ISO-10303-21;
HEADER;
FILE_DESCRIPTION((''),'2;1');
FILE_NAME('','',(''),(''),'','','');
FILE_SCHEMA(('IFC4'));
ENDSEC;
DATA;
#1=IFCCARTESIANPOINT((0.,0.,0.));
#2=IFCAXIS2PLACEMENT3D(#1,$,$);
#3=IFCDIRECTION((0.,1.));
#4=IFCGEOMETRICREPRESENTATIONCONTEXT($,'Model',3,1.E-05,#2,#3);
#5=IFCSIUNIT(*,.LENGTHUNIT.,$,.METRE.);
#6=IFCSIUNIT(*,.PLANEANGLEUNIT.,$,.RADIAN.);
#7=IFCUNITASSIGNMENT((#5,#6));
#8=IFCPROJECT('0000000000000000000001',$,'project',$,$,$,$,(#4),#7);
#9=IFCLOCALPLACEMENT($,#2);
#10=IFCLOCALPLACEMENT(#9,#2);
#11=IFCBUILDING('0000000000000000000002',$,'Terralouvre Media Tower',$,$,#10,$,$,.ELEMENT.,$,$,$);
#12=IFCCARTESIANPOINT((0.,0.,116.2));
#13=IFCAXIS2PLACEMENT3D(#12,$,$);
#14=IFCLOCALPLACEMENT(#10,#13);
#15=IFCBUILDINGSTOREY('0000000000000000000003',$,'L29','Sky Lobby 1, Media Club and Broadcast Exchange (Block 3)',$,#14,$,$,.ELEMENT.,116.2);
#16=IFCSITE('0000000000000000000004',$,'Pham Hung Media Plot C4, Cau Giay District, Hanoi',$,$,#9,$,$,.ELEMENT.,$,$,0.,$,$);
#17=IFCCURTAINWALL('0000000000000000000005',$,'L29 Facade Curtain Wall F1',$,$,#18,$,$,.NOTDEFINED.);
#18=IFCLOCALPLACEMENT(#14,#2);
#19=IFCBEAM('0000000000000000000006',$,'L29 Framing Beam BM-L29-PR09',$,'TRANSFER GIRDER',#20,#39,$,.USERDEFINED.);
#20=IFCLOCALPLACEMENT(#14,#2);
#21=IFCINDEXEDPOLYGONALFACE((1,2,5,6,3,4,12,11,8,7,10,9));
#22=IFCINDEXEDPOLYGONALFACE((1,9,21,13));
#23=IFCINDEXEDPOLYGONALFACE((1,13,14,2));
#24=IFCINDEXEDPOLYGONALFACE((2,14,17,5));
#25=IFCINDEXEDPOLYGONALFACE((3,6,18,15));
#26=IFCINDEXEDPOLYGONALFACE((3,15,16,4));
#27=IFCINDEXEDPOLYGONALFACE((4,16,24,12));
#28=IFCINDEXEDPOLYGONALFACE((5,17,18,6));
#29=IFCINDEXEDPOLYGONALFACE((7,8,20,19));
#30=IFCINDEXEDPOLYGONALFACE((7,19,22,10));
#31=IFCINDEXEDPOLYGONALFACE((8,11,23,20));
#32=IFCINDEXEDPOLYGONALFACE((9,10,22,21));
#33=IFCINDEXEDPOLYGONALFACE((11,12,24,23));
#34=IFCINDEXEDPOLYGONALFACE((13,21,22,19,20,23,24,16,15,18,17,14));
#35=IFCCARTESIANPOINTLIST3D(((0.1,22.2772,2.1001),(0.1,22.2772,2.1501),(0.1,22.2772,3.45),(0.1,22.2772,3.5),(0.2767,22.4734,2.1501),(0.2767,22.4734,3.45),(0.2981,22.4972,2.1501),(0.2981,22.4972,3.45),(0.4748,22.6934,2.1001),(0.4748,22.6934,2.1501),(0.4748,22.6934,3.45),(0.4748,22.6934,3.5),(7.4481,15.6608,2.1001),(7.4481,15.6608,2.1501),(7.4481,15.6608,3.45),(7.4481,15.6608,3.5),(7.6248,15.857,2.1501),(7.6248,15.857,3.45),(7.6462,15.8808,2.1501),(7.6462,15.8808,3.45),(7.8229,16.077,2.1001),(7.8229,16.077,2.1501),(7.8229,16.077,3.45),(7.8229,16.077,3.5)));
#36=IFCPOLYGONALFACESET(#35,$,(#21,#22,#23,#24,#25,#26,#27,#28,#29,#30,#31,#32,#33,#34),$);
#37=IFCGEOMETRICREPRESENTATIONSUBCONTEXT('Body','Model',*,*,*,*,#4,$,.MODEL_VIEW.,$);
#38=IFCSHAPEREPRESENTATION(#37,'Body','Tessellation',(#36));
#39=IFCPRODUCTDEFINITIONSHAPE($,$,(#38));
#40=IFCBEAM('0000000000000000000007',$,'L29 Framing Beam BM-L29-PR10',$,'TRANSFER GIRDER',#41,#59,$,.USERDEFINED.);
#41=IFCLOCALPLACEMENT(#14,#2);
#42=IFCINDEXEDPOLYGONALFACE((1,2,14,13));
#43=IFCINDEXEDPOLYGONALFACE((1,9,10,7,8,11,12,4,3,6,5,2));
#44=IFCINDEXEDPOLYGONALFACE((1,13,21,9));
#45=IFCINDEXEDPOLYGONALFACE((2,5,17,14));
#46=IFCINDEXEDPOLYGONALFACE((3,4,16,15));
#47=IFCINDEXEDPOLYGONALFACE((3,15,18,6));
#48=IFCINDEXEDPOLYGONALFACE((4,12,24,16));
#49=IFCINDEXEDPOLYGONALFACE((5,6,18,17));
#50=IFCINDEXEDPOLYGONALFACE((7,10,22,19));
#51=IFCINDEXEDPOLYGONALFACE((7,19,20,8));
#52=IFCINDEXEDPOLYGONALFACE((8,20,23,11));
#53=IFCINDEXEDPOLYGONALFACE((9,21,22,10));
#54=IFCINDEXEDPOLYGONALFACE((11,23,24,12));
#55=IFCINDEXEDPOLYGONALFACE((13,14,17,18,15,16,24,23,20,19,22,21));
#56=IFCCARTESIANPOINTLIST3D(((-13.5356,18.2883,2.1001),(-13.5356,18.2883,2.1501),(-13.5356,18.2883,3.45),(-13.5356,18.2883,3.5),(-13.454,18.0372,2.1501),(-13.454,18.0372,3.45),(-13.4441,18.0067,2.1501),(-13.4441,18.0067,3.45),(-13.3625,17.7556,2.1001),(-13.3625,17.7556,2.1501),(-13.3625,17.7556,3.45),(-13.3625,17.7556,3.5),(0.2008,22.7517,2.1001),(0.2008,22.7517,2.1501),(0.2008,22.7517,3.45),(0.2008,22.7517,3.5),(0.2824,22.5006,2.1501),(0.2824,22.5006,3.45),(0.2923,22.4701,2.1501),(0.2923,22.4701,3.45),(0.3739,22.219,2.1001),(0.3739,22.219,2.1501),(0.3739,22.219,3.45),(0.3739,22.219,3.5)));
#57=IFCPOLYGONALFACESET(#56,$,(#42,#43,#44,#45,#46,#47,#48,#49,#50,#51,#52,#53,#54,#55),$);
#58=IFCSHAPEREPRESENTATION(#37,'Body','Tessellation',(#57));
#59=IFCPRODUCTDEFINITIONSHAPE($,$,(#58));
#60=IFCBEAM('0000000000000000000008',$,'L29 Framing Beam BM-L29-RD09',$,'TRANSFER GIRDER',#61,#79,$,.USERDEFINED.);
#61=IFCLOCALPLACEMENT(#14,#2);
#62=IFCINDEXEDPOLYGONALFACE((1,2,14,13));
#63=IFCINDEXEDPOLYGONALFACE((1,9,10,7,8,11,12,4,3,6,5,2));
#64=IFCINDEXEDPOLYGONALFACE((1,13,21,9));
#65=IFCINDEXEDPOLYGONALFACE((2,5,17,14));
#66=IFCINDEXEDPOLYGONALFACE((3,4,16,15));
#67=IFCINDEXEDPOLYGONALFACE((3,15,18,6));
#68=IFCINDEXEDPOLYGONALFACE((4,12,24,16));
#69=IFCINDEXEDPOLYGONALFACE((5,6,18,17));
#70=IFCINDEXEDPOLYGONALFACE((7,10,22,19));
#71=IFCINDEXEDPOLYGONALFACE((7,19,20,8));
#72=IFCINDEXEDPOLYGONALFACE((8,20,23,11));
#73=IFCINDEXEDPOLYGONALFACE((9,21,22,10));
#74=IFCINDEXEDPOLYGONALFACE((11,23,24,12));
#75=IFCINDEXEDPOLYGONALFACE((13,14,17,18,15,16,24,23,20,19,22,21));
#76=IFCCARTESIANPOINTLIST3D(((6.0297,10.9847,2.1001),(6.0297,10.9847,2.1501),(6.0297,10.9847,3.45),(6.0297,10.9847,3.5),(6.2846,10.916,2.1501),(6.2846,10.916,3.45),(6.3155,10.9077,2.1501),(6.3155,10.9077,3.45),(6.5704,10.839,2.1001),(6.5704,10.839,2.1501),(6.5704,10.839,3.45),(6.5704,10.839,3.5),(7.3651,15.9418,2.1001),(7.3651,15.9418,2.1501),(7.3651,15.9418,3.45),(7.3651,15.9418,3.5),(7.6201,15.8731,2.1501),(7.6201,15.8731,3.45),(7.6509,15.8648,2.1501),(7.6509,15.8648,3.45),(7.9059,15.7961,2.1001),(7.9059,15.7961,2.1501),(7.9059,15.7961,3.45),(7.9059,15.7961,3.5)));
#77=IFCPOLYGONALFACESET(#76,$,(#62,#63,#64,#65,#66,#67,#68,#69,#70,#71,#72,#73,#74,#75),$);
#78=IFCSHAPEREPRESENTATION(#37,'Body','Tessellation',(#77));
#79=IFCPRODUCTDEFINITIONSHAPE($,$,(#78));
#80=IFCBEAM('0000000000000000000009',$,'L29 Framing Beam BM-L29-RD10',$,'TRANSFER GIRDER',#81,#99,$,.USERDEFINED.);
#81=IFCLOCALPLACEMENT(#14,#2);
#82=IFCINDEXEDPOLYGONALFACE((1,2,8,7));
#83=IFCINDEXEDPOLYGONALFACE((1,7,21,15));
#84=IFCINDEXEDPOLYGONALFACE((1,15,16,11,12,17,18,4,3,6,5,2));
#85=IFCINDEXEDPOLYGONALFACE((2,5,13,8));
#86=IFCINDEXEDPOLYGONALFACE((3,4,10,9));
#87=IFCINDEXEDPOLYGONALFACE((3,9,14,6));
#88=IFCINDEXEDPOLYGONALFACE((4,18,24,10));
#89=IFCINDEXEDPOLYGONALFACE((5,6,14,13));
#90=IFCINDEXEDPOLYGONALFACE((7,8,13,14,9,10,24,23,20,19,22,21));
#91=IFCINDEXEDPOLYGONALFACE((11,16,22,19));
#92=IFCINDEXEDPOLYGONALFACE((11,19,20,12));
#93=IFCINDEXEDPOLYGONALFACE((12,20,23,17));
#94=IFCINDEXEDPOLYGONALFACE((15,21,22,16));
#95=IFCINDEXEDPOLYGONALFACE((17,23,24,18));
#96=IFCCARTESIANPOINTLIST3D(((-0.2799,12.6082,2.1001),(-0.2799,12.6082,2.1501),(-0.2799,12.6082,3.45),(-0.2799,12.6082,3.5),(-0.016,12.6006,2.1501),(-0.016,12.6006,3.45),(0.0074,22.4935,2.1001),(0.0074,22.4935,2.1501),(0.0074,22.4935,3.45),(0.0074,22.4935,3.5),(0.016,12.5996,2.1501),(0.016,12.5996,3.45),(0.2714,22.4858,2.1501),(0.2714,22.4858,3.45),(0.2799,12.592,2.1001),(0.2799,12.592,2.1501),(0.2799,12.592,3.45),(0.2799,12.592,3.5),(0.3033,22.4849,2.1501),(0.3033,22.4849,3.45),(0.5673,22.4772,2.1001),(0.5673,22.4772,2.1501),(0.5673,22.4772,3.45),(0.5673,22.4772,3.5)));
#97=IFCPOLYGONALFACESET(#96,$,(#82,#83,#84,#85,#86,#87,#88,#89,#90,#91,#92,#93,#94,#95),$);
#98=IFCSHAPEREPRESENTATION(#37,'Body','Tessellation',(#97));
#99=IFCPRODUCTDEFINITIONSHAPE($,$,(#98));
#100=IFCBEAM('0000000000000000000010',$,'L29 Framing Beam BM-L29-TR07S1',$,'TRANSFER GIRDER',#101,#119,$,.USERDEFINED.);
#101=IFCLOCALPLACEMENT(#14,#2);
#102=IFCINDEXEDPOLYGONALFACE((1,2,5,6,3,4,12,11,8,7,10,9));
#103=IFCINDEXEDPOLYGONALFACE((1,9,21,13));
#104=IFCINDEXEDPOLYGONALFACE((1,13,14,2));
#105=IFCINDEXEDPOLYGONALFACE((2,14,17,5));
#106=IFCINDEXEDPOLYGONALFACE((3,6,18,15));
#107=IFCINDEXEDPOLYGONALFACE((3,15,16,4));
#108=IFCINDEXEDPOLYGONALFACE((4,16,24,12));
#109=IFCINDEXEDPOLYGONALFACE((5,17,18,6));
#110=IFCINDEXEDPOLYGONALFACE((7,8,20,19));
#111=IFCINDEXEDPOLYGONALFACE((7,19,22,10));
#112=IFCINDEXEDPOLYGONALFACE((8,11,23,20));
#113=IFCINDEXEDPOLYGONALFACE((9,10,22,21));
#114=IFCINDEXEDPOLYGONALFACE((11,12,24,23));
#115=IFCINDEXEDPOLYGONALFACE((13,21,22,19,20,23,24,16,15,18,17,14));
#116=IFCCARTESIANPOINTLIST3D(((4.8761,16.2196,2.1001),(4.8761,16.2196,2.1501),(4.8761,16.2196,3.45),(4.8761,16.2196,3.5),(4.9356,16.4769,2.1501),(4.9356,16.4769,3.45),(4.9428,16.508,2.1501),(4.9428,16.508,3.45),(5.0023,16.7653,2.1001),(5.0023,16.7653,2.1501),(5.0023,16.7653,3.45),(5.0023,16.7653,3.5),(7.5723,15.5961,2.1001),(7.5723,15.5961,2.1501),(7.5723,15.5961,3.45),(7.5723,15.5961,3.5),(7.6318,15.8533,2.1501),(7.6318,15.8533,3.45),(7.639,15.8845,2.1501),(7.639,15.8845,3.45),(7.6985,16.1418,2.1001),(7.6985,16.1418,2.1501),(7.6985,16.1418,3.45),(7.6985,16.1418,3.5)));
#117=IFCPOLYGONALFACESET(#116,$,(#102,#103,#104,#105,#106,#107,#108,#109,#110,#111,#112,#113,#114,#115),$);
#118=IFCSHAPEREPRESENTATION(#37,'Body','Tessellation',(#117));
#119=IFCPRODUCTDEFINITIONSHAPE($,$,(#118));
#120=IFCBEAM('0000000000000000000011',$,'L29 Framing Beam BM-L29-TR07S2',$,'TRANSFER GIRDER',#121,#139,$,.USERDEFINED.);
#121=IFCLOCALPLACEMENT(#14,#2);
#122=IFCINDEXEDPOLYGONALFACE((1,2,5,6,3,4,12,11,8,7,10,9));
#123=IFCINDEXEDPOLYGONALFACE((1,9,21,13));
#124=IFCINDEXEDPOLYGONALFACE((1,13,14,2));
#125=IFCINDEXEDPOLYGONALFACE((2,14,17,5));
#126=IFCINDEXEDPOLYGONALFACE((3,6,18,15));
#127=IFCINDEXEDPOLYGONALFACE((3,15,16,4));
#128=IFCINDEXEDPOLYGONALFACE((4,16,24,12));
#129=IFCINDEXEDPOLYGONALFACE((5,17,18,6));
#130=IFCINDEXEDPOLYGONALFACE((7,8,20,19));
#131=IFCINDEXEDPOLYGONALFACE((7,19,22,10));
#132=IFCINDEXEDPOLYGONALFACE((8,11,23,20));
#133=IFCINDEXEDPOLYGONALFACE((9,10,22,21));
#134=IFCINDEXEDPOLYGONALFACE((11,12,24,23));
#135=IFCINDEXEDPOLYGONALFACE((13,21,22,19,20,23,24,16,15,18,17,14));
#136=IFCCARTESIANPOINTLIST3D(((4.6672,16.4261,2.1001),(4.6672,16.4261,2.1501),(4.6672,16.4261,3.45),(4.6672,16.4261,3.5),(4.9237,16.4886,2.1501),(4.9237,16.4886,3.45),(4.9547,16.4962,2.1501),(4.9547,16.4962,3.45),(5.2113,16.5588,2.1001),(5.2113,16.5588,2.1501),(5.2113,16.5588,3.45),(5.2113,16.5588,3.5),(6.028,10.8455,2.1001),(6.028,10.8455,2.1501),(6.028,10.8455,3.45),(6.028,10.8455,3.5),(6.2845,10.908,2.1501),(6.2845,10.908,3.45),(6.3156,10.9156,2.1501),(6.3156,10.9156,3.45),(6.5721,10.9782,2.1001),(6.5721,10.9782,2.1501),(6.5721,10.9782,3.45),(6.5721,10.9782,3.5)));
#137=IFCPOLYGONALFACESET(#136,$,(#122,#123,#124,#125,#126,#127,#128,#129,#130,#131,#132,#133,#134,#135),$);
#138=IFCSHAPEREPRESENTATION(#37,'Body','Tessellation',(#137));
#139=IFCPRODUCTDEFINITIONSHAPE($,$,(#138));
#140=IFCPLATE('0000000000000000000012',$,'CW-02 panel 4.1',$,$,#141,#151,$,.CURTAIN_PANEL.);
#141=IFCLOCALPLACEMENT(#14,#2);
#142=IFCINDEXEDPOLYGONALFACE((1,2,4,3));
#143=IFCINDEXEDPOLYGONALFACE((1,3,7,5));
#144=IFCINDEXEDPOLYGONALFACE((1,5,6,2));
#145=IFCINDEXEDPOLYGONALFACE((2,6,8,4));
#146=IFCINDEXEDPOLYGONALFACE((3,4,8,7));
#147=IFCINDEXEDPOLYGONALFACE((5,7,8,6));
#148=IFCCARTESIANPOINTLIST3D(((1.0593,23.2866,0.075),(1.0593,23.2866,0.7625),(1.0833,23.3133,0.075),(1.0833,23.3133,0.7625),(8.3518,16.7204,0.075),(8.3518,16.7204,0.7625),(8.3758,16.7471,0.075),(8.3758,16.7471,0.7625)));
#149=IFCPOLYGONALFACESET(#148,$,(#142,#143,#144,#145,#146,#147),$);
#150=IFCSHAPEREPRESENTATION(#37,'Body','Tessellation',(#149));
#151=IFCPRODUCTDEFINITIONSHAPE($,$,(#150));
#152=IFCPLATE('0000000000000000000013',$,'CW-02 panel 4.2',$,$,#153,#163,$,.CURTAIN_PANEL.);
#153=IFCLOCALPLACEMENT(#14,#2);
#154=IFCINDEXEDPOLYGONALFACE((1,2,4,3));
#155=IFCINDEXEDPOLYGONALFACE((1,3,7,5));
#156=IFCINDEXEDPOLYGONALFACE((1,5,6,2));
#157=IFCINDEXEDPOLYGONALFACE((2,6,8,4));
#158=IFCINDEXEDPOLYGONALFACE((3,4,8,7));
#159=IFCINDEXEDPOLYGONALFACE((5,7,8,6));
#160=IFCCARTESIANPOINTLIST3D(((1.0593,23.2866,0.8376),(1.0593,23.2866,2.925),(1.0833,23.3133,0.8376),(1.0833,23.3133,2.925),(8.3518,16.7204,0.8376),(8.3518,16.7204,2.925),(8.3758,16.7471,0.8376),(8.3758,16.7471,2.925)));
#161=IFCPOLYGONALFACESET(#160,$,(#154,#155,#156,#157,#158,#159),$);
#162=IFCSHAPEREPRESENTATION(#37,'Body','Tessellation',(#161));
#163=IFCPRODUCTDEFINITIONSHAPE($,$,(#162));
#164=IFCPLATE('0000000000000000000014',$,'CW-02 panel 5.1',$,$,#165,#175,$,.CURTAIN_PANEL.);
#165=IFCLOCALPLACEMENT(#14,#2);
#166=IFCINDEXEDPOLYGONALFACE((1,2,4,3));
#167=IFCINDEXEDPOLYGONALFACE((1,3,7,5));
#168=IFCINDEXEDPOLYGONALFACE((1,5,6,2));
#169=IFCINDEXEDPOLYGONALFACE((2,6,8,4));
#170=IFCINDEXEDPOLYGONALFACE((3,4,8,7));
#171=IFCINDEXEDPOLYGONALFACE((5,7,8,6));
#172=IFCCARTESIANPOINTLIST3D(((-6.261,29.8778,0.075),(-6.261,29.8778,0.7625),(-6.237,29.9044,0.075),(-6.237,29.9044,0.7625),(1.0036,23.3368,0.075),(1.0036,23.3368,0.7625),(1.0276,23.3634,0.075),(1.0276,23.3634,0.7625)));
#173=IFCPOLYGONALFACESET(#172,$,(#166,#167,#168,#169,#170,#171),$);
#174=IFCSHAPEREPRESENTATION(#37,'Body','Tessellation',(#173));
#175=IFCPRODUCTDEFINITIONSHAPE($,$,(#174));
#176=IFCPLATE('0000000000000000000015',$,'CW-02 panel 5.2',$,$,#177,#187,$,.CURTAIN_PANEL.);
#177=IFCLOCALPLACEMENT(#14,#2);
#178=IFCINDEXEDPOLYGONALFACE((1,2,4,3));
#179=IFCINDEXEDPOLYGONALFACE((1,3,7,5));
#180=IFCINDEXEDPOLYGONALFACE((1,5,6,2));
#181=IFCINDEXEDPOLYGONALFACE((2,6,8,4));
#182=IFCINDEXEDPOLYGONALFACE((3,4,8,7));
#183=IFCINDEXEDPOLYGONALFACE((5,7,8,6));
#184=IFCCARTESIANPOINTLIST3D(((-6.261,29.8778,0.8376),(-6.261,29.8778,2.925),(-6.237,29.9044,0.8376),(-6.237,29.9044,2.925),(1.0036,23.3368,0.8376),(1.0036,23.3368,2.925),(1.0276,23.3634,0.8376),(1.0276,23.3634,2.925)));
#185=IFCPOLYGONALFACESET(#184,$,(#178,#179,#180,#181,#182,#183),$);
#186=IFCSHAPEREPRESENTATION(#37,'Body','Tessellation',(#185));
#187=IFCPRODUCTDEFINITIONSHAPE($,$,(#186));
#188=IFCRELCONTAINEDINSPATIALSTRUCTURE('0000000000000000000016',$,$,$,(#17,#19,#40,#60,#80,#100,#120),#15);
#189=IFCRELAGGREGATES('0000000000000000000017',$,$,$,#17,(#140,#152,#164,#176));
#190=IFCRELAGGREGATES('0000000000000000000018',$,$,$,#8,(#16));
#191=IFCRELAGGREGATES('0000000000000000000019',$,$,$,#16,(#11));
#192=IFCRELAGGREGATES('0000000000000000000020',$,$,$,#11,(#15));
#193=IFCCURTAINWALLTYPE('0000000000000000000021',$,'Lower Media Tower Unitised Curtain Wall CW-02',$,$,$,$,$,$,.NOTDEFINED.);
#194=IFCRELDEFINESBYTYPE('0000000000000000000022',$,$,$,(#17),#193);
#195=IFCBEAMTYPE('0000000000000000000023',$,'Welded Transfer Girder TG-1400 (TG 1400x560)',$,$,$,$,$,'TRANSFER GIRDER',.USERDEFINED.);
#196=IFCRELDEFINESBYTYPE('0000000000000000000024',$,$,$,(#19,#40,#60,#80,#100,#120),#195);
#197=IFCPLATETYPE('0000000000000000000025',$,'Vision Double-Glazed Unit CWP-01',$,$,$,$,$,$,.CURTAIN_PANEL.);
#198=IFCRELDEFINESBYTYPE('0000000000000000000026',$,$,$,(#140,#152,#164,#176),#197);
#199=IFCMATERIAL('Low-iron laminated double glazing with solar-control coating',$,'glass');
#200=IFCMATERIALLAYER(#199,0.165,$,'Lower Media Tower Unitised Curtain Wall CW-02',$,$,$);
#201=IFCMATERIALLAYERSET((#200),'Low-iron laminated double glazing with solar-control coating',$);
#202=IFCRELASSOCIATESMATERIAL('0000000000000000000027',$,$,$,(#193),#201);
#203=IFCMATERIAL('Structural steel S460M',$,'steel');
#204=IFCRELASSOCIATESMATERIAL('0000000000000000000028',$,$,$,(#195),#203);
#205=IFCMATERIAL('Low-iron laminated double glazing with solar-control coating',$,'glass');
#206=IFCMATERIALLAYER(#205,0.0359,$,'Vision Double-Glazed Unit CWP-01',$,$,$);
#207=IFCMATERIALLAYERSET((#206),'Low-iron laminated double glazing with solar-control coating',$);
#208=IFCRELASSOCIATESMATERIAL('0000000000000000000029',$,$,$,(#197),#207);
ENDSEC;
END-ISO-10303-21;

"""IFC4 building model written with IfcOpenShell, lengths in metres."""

from ifc_helpers import new_model, si_unit, direction, frame, origin, origin_2d, place, context, subcontext, project, spatial, rectangle, i_section, extrude, material, layer, layer_set, material_profile, profile_set, type_object, element, aggregate, save


model = new_model("IFC4")

# Units and contexts
model_context = context("Model", 3, precision=1e-05, world=origin(), true_north=direction((0.0, 1.0)))
body_context = subcontext(model_context, "Body", "Model", "MODEL_VIEW")
ifc_project = project(units=[si_unit("LENGTHUNIT", "METRE"), si_unit("PLANEANGLEUNIT", "RADIAN")], contexts=[model_context])

# Site, building, storey
site_placement = place(None, origin())
site = spatial("IfcSite", under=ifc_project, at=site_placement, Name="Pham Hung Media Plot C4, Cau Giay District, Hanoi", CompositionType="ELEMENT", RefElevation=0.0)
building_placement = place(site_placement, origin())
building = spatial("IfcBuilding", under=site, at=building_placement, Name="Terralouvre Media Tower", CompositionType="ELEMENT")
storey_placement = place(building_placement, frame((0.0, 0.0, 116.2)))
storey = spatial("IfcBuildingStorey", under=building, at=storey_placement, Name="L29", Description="Sky Lobby 1, Media Club and Broadcast Exchange (Block 3)", CompositionType="ELEMENT", Elevation=116.2)

# Curtain wall
ifc_material_1 = material(Name="Low-iron laminated double glazing with solar-control coating", Category="glass")
ifc_layer_1 = layer(ifc_material_1, 0.165, Name="Lower Media Tower Unitised Curtain Wall CW-02")
ifc_layer_set_1 = layer_set([ifc_layer_1], Name="Low-iron laminated double glazing with solar-control coating")
curtain_wall_type = type_object("IfcCurtainWallType", Name="Lower Media Tower Unitised Curtain Wall CW-02", PredefinedType="NOTDEFINED", material=ifc_layer_set_1)
curtain_wall_placement = place(storey_placement, origin())
curtain_wall = element("IfcCurtainWall", 1, at=curtain_wall_placement, inside=storey, type_object=curtain_wall_type, Name="L29 Facade Curtain Wall F1", PredefinedType="NOTDEFINED")

# Beams
ifc_material_2 = material(Name="Structural steel S460M", Category="steel")
ifc_material_profile_1 = material_profile(ifc_material_2, i_section(OverallWidth=0.5601, OverallDepth=1.3999, WebThickness=0.032, FlangeThickness=0.05, at=origin_2d()), Name="TG 1400x560")
ifc_profile_set_1 = profile_set([ifc_material_profile_1], Name="Structural steel S460M")
beam_type_1 = type_object("IfcBeamType", Name="Welded Transfer Girder TG-1400 (TG 1400x560)", ElementType="TRANSFER GIRDER", PredefinedType="USERDEFINED", material=ifc_profile_set_1)
beam_1_placement = place(storey_placement, frame((7.6355, 15.8689, 2.8), z_axis=(-0.743137, 0.669139, 0.0), x_axis=(-0.669139, -0.743137, 0.0)))
element("IfcBeam", 2, at=beam_1_placement, inside=storey, type_object=beam_type_1, Name="L29 Framing Beam BM-L29-PR09", ObjectType="TRANSFER GIRDER", PredefinedType="USERDEFINED", context=body_context, shape_type="SweptSolid", body=[
    extrude(i_section(OverallWidth=0.5601, OverallDepth=1.3999, WebThickness=0.032, FlangeThickness=0.05, at=origin_2d()), origin(), (0.0, 0.0, 1.0), 9.8879),
])
beam_2_placement = place(storey_placement, frame((0.2874, 22.4854, 2.8), z_axis=(-0.951053, -0.309028, 0.0), x_axis=(0.309028, -0.951053, 0.0)))
element("IfcBeam", 3, at=beam_2_placement, inside=storey, type_object=beam_type_1, Name="L29 Framing Beam BM-L29-PR10", ObjectType="TRANSFER GIRDER", PredefinedType="USERDEFINED", context=body_context, shape_type="SweptSolid", body=[
    extrude(i_section(OverallWidth=0.5601, OverallDepth=1.3999, WebThickness=0.032, FlangeThickness=0.05, at=origin_2d()), origin(), (0.0, 0.0, 1.0), 14.4434),
])
beam_3_placement = place(storey_placement, frame((6.3, 10.9119, 2.8), z_axis=(0.26013, 0.965574, 0.0), x_axis=(-0.965574, 0.26013, 0.0)))
element("IfcBeam", 4, at=beam_3_placement, inside=storey, type_object=beam_type_1, Name="L29 Framing Beam BM-L29-RD09", ObjectType="TRANSFER GIRDER", PredefinedType="USERDEFINED", context=body_context, shape_type="SweptSolid", body=[
    extrude(i_section(OverallWidth=0.5601, OverallDepth=1.3999, WebThickness=0.032, FlangeThickness=0.05, at=origin_2d()), origin(), (0.0, 0.0, 1.0), 5.1338),
])
beam_4_placement = place(storey_placement, frame((0.0, 12.6001, 2.8), z_axis=(0.029057, 0.999578, 0.0), x_axis=(-0.999578, 0.029057, 0.0)))
element("IfcBeam", 5, at=beam_4_placement, inside=storey, type_object=beam_type_1, Name="L29 Framing Beam BM-L29-RD10", ObjectType="TRANSFER GIRDER", PredefinedType="USERDEFINED", context=body_context, shape_type="SweptSolid", body=[
    extrude(i_section(OverallWidth=0.5601, OverallDepth=1.3999, WebThickness=0.032, FlangeThickness=0.05, at=origin_2d()), origin(), (0.0, 0.0, 1.0), 9.8894),
])
beam_5_placement = place(storey_placement, frame((4.9392, 16.4924, 2.8), z_axis=(0.974287, -0.22531, 0.0), x_axis=(0.22531, 0.974287, 0.0)))
element("IfcBeam", 6, at=beam_5_placement, inside=storey, type_object=beam_type_1, Name="L29 Framing Beam BM-L29-TR07S1", ObjectType="TRANSFER GIRDER", PredefinedType="USERDEFINED", context=body_context, shape_type="SweptSolid", body=[
    extrude(i_section(OverallWidth=0.5601, OverallDepth=1.3999, WebThickness=0.032, FlangeThickness=0.05, at=origin_2d()), origin(), (0.0, 0.0, 1.0), 2.7673),
])
beam_6_placement = place(storey_placement, frame((4.9392, 16.4924, 2.8), z_axis=(0.236911, -0.971531, 0.0), x_axis=(0.971531, 0.236911, 0.0)))
element("IfcBeam", 7, at=beam_6_placement, inside=storey, type_object=beam_type_1, Name="L29 Framing Beam BM-L29-TR07S2", ObjectType="TRANSFER GIRDER", PredefinedType="USERDEFINED", context=body_context, shape_type="SweptSolid", body=[
    extrude(i_section(OverallWidth=0.5601, OverallDepth=1.3999, WebThickness=0.032, FlangeThickness=0.05, at=origin_2d()), origin(), (0.0, 0.0, 1.0), 5.7441),
])

# Plates
ifc_material_3 = material(Name="Low-iron laminated double glazing with solar-control coating", Category="glass")
ifc_layer_2 = layer(ifc_material_3, 0.0359, Name="Vision Double-Glazed Unit CWP-01")
ifc_layer_set_2 = layer_set([ifc_layer_2], Name="Low-iron laminated double glazing with solar-control coating")
plate_type = type_object("IfcPlateType", Name="Vision Double-Glazed Unit CWP-01", PredefinedType="CURTAIN_PANEL", material=ifc_layer_set_2)
plate_1_placement = place(storey_placement, frame((4.7175, 20.0168, 0.075), z_axis=(0.0, 0.0, 1.0), x_axis=(-0.743145, 0.669131, 0.0)))
plate_1 = element("IfcPlate", 8, at=plate_1_placement, type_object=plate_type, Name="CW-02 panel 4.1", PredefinedType="CURTAIN_PANEL", context=body_context, shape_type="SweptSolid", body=[
    extrude(rectangle(XDim=9.813, YDim=0.0359, at=origin_2d()), origin(), (0.0, 0.0, 1.0), 0.6875),
])
plate_2_placement = place(storey_placement, frame((4.7175, 20.0168, 0.8376), z_axis=(0.0, 0.0, 1.0), x_axis=(-0.743145, 0.669131, 0.0)))
plate_2 = element("IfcPlate", 9, at=plate_2_placement, type_object=plate_type, Name="CW-02 panel 4.2", PredefinedType="CURTAIN_PANEL", context=body_context, shape_type="SweptSolid", body=[
    extrude(rectangle(XDim=9.813, YDim=0.0359, at=origin_2d()), origin(), (0.0, 0.0, 1.0), 2.0874),
])
plate_3_placement = place(storey_placement, frame((-2.6167, 26.6206, 0.075), z_axis=(0.0, 0.0, 1.0), x_axis=(-0.743145, 0.669131, 0.0)))
plate_3 = element("IfcPlate", 10, at=plate_3_placement, type_object=plate_type, Name="CW-02 panel 5.1", PredefinedType="CURTAIN_PANEL", context=body_context, shape_type="SweptSolid", body=[
    extrude(rectangle(XDim=9.7754, YDim=0.0359, at=origin_2d()), origin(), (0.0, 0.0, 1.0), 0.6875),
])
plate_4_placement = place(storey_placement, frame((-2.6167, 26.6206, 0.8376), z_axis=(0.0, 0.0, 1.0), x_axis=(-0.743145, 0.669131, 0.0)))
plate_4 = element("IfcPlate", 11, at=plate_4_placement, type_object=plate_type, Name="CW-02 panel 5.2", PredefinedType="CURTAIN_PANEL", context=body_context, shape_type="SweptSolid", body=[
    extrude(rectangle(XDim=9.7754, YDim=0.0359, at=origin_2d()), origin(), (0.0, 0.0, 1.0), 2.0874),
])
aggregate(curtain_wall, [plate_1, plate_2, plate_3, plate_4])

save(model, "model.ifc")
